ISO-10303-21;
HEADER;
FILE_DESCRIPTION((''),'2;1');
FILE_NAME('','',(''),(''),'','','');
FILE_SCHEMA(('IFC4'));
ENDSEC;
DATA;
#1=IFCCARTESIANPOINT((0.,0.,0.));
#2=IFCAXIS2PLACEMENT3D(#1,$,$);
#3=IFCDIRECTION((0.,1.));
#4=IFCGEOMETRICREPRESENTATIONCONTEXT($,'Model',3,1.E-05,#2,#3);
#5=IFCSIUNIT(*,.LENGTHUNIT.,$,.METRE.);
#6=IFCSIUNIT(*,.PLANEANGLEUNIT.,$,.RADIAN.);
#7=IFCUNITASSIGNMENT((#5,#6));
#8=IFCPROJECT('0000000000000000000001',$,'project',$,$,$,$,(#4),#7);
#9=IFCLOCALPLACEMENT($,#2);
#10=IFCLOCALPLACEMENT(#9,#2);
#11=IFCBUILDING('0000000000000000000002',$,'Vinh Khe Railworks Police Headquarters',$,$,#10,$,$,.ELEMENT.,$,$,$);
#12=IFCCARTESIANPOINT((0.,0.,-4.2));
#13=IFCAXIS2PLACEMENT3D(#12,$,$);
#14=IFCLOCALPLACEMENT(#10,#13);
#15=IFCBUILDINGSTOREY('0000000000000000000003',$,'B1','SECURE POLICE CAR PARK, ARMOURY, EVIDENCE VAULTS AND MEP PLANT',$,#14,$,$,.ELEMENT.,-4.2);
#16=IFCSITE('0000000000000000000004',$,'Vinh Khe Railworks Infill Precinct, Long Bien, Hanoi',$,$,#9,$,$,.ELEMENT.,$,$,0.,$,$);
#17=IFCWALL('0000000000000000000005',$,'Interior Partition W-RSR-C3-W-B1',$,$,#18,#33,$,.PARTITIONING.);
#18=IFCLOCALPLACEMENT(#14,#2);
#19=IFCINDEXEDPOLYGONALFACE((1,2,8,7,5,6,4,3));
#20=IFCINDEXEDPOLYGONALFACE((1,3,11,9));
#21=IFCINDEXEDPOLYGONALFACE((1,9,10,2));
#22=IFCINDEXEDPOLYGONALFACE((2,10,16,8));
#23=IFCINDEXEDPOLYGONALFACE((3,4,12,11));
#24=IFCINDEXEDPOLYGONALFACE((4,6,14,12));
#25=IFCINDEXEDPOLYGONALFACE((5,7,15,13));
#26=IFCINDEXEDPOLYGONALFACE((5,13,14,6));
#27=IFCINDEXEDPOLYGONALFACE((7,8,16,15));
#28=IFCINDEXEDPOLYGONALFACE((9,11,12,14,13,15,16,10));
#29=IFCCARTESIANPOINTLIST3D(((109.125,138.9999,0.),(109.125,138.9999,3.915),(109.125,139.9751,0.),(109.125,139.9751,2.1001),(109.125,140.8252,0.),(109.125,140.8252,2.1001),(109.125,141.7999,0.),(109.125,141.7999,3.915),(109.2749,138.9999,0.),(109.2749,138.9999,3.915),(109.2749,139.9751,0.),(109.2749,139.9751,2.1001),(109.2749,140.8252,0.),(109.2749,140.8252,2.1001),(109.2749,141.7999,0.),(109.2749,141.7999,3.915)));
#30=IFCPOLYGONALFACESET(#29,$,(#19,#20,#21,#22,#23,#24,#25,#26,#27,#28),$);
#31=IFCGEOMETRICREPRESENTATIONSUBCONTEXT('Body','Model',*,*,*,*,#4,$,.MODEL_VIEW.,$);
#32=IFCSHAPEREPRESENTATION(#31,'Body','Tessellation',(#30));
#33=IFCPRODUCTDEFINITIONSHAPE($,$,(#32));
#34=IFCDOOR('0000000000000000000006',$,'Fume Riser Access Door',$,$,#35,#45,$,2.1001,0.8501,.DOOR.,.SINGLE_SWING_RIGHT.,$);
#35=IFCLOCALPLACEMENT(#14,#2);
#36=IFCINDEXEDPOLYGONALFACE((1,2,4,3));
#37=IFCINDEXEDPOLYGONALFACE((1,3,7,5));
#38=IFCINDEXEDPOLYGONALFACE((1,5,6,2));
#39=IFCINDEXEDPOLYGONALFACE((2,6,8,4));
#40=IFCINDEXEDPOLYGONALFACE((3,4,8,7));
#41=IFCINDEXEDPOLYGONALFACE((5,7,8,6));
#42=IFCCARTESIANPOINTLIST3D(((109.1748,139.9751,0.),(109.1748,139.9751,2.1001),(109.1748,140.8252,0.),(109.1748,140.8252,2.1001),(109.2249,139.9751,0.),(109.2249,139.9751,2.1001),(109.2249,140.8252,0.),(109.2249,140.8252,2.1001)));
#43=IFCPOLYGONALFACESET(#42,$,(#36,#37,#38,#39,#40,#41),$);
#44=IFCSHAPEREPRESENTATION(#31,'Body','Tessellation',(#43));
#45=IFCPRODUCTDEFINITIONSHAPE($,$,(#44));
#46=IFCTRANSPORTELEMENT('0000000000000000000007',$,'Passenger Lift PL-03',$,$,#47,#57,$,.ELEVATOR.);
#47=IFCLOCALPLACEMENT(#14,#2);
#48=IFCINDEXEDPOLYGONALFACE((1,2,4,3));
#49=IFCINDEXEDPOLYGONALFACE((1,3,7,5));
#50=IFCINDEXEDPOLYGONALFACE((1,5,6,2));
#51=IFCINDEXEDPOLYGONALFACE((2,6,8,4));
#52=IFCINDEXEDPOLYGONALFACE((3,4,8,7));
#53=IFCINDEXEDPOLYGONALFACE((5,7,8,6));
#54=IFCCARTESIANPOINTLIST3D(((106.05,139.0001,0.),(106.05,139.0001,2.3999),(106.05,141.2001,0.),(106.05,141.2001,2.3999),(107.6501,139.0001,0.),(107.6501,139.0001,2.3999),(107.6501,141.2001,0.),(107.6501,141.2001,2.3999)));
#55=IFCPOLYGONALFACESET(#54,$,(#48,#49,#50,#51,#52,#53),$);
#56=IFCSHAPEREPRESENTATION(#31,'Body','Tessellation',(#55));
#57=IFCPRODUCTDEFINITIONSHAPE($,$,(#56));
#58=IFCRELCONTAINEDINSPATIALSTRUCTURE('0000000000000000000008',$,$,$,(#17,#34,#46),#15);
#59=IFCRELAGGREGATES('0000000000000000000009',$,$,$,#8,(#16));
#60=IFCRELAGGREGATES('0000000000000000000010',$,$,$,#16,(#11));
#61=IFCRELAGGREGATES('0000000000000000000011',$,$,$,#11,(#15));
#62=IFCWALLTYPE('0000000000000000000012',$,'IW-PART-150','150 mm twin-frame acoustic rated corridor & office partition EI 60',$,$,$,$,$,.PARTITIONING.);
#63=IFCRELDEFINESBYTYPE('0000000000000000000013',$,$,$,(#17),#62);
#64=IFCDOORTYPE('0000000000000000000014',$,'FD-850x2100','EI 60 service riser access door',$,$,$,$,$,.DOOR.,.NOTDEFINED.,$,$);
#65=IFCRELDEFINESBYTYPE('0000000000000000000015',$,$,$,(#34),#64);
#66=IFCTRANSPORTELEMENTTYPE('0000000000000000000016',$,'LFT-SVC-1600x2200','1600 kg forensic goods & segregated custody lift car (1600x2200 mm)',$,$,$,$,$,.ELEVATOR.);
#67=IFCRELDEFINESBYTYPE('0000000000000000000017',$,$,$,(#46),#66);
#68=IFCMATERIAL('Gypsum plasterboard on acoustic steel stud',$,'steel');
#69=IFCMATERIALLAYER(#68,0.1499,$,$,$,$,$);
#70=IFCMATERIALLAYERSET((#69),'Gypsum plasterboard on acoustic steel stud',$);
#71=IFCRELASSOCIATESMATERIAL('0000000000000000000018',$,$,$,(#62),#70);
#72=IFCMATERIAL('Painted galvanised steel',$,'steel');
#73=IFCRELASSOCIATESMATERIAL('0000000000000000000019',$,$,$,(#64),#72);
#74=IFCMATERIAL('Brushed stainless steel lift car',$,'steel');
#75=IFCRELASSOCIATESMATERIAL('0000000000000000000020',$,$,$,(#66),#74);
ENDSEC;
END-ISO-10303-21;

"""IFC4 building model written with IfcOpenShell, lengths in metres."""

from ifc_helpers import new_model, si_unit, direction, frame, frame_2d, origin, origin_2d, place, context, subcontext, project, spatial, rectangle, extrude, material, layer, layer_set, type_object, element, fill, save


model = new_model("IFC4")

# Units and contexts
model_context = context("Model", 3, precision=1e-05, world=origin(), true_north=direction((0.0, 1.0)))
body_context = subcontext(model_context, "Body", "Model", "MODEL_VIEW")
ifc_project = project(units=[si_unit("LENGTHUNIT", "METRE"), si_unit("PLANEANGLEUNIT", "RADIAN")], contexts=[model_context])

# Site, building, storey
site_placement = place(None, origin())
site = spatial("IfcSite", under=ifc_project, at=site_placement, Name="Vinh Khe Railworks Infill Precinct, Long Bien, Hanoi", CompositionType="ELEMENT", RefElevation=0.0)
building_placement = place(site_placement, origin())
building = spatial("IfcBuilding", under=site, at=building_placement, Name="Vinh Khe Railworks Police Headquarters", CompositionType="ELEMENT")
storey_placement = place(building_placement, frame((0.0, 0.0, -4.2)))
storey = spatial("IfcBuildingStorey", under=building, at=storey_placement, Name="B1", Description="SECURE POLICE CAR PARK, ARMOURY, EVIDENCE VAULTS AND MEP PLANT", CompositionType="ELEMENT", Elevation=-4.2)

# Shared definitions
ifc_material_1 = material(Name="Painted galvanised steel", Category="steel")

# Shared definitions
ifc_material_2 = material(Name="Gypsum plasterboard on acoustic steel stud", Category="steel")
ifc_layer_1 = layer(ifc_material_2, 0.1499)
ifc_layer_set_1 = layer_set([ifc_layer_1], Name="Gypsum plasterboard on acoustic steel stud")
wall_type_1 = type_object("IfcWallType", Name="IW-PART-150", Description="150 mm twin-frame acoustic rated corridor & office partition EI 60", PredefinedType="PARTITIONING", material=ifc_layer_set_1)

# Wall, opening, door
wall_1_placement = place(storey_placement, frame((109.2, 139.0, 0.0), z_axis=(0.0, 0.0, 1.0), x_axis=(0.0, 1.0, 0.0)))
wall_1 = element("IfcWall", 1, at=wall_1_placement, inside=storey, type_object=wall_type_1, Name="Interior Partition W-RSR-C3-W-B1", PredefinedType="PARTITIONING", context=body_context, shape_type="SweptSolid", body=[
    extrude(rectangle(XDim=2.8, YDim=0.1499, at=frame_2d((1.3999, 0.0))), origin(), (0.0, 0.0, 1.0), 3.915),
])
opening_1_placement = place(wall_1_placement, frame((0.9751, 0.0, 0.0)))
opening_1 = element("IfcOpeningElement", 2, at=opening_1_placement, cuts=wall_1, PredefinedType="OPENING", context=body_context, shape_type="SweptSolid", body=[
    extrude(rectangle(XDim=0.8501, YDim=2.1001, at=frame_2d((0.425, 1.05))), frame((0.0, 0.0898, 0.0), z_axis=(0.0, -1.0, 0.0), x_axis=(1.0, 0.0, 0.0)), (0.0, 0.0, 1.0), 0.1797),
])
door_type_1 = type_object("IfcDoorType", Name="FD-850x2100", Description="EI 60 service riser access door", OperationType="NOTDEFINED", PredefinedType="DOOR", material=ifc_material_1)
door_1_placement = place(opening_1_placement, frame((0.8501, 0.0, 0.0), z_axis=(0.0, 0.0, 1.0), x_axis=(-1.0, 0.0, 0.0)))
door_1 = element("IfcDoor", 3, at=door_1_placement, inside=storey, type_object=door_type_1, Name="Fume Riser Access Door", OperationType="SINGLE_SWING_RIGHT", OverallHeight=2.1001, OverallWidth=0.8501, PredefinedType="DOOR", context=body_context, shape_type="SweptSolid", body=[
    extrude(rectangle(XDim=0.8501, YDim=2.1001, at=frame_2d((0.425, 1.05))), frame((0.0, 0.0249, 0.0), z_axis=(0.0, -1.0, 0.0), x_axis=(1.0, 0.0, 0.0)), (0.0, 0.0, 1.0), 0.05),
])
fill(opening_1, door_1)

# Transport element
ifc_material_3 = material(Name="Brushed stainless steel lift car", Category="steel")
transport_element_type = type_object("IfcTransportElementType", Name="LFT-SVC-1600x2200", Description="1600 kg forensic goods & segregated custody lift car (1600x2200 mm)", PredefinedType="ELEVATOR", material=ifc_material_3)
transport_element_placement = place(storey_placement, frame((106.8501, 140.1001, 0.0), z_axis=(0.0, 0.0, 1.0), x_axis=(1.0, 0.0, 0.0)))
element("IfcTransportElement", 4, at=transport_element_placement, inside=storey, type_object=transport_element_type, Name="Passenger Lift PL-03", PredefinedType="ELEVATOR", context=body_context, shape_type="SweptSolid", body=[
    extrude(rectangle(XDim=1.6001, YDim=2.2, at=origin_2d()), origin(), (0.0, 0.0, 1.0), 2.3999),
])

save(model, "model.ifc")
